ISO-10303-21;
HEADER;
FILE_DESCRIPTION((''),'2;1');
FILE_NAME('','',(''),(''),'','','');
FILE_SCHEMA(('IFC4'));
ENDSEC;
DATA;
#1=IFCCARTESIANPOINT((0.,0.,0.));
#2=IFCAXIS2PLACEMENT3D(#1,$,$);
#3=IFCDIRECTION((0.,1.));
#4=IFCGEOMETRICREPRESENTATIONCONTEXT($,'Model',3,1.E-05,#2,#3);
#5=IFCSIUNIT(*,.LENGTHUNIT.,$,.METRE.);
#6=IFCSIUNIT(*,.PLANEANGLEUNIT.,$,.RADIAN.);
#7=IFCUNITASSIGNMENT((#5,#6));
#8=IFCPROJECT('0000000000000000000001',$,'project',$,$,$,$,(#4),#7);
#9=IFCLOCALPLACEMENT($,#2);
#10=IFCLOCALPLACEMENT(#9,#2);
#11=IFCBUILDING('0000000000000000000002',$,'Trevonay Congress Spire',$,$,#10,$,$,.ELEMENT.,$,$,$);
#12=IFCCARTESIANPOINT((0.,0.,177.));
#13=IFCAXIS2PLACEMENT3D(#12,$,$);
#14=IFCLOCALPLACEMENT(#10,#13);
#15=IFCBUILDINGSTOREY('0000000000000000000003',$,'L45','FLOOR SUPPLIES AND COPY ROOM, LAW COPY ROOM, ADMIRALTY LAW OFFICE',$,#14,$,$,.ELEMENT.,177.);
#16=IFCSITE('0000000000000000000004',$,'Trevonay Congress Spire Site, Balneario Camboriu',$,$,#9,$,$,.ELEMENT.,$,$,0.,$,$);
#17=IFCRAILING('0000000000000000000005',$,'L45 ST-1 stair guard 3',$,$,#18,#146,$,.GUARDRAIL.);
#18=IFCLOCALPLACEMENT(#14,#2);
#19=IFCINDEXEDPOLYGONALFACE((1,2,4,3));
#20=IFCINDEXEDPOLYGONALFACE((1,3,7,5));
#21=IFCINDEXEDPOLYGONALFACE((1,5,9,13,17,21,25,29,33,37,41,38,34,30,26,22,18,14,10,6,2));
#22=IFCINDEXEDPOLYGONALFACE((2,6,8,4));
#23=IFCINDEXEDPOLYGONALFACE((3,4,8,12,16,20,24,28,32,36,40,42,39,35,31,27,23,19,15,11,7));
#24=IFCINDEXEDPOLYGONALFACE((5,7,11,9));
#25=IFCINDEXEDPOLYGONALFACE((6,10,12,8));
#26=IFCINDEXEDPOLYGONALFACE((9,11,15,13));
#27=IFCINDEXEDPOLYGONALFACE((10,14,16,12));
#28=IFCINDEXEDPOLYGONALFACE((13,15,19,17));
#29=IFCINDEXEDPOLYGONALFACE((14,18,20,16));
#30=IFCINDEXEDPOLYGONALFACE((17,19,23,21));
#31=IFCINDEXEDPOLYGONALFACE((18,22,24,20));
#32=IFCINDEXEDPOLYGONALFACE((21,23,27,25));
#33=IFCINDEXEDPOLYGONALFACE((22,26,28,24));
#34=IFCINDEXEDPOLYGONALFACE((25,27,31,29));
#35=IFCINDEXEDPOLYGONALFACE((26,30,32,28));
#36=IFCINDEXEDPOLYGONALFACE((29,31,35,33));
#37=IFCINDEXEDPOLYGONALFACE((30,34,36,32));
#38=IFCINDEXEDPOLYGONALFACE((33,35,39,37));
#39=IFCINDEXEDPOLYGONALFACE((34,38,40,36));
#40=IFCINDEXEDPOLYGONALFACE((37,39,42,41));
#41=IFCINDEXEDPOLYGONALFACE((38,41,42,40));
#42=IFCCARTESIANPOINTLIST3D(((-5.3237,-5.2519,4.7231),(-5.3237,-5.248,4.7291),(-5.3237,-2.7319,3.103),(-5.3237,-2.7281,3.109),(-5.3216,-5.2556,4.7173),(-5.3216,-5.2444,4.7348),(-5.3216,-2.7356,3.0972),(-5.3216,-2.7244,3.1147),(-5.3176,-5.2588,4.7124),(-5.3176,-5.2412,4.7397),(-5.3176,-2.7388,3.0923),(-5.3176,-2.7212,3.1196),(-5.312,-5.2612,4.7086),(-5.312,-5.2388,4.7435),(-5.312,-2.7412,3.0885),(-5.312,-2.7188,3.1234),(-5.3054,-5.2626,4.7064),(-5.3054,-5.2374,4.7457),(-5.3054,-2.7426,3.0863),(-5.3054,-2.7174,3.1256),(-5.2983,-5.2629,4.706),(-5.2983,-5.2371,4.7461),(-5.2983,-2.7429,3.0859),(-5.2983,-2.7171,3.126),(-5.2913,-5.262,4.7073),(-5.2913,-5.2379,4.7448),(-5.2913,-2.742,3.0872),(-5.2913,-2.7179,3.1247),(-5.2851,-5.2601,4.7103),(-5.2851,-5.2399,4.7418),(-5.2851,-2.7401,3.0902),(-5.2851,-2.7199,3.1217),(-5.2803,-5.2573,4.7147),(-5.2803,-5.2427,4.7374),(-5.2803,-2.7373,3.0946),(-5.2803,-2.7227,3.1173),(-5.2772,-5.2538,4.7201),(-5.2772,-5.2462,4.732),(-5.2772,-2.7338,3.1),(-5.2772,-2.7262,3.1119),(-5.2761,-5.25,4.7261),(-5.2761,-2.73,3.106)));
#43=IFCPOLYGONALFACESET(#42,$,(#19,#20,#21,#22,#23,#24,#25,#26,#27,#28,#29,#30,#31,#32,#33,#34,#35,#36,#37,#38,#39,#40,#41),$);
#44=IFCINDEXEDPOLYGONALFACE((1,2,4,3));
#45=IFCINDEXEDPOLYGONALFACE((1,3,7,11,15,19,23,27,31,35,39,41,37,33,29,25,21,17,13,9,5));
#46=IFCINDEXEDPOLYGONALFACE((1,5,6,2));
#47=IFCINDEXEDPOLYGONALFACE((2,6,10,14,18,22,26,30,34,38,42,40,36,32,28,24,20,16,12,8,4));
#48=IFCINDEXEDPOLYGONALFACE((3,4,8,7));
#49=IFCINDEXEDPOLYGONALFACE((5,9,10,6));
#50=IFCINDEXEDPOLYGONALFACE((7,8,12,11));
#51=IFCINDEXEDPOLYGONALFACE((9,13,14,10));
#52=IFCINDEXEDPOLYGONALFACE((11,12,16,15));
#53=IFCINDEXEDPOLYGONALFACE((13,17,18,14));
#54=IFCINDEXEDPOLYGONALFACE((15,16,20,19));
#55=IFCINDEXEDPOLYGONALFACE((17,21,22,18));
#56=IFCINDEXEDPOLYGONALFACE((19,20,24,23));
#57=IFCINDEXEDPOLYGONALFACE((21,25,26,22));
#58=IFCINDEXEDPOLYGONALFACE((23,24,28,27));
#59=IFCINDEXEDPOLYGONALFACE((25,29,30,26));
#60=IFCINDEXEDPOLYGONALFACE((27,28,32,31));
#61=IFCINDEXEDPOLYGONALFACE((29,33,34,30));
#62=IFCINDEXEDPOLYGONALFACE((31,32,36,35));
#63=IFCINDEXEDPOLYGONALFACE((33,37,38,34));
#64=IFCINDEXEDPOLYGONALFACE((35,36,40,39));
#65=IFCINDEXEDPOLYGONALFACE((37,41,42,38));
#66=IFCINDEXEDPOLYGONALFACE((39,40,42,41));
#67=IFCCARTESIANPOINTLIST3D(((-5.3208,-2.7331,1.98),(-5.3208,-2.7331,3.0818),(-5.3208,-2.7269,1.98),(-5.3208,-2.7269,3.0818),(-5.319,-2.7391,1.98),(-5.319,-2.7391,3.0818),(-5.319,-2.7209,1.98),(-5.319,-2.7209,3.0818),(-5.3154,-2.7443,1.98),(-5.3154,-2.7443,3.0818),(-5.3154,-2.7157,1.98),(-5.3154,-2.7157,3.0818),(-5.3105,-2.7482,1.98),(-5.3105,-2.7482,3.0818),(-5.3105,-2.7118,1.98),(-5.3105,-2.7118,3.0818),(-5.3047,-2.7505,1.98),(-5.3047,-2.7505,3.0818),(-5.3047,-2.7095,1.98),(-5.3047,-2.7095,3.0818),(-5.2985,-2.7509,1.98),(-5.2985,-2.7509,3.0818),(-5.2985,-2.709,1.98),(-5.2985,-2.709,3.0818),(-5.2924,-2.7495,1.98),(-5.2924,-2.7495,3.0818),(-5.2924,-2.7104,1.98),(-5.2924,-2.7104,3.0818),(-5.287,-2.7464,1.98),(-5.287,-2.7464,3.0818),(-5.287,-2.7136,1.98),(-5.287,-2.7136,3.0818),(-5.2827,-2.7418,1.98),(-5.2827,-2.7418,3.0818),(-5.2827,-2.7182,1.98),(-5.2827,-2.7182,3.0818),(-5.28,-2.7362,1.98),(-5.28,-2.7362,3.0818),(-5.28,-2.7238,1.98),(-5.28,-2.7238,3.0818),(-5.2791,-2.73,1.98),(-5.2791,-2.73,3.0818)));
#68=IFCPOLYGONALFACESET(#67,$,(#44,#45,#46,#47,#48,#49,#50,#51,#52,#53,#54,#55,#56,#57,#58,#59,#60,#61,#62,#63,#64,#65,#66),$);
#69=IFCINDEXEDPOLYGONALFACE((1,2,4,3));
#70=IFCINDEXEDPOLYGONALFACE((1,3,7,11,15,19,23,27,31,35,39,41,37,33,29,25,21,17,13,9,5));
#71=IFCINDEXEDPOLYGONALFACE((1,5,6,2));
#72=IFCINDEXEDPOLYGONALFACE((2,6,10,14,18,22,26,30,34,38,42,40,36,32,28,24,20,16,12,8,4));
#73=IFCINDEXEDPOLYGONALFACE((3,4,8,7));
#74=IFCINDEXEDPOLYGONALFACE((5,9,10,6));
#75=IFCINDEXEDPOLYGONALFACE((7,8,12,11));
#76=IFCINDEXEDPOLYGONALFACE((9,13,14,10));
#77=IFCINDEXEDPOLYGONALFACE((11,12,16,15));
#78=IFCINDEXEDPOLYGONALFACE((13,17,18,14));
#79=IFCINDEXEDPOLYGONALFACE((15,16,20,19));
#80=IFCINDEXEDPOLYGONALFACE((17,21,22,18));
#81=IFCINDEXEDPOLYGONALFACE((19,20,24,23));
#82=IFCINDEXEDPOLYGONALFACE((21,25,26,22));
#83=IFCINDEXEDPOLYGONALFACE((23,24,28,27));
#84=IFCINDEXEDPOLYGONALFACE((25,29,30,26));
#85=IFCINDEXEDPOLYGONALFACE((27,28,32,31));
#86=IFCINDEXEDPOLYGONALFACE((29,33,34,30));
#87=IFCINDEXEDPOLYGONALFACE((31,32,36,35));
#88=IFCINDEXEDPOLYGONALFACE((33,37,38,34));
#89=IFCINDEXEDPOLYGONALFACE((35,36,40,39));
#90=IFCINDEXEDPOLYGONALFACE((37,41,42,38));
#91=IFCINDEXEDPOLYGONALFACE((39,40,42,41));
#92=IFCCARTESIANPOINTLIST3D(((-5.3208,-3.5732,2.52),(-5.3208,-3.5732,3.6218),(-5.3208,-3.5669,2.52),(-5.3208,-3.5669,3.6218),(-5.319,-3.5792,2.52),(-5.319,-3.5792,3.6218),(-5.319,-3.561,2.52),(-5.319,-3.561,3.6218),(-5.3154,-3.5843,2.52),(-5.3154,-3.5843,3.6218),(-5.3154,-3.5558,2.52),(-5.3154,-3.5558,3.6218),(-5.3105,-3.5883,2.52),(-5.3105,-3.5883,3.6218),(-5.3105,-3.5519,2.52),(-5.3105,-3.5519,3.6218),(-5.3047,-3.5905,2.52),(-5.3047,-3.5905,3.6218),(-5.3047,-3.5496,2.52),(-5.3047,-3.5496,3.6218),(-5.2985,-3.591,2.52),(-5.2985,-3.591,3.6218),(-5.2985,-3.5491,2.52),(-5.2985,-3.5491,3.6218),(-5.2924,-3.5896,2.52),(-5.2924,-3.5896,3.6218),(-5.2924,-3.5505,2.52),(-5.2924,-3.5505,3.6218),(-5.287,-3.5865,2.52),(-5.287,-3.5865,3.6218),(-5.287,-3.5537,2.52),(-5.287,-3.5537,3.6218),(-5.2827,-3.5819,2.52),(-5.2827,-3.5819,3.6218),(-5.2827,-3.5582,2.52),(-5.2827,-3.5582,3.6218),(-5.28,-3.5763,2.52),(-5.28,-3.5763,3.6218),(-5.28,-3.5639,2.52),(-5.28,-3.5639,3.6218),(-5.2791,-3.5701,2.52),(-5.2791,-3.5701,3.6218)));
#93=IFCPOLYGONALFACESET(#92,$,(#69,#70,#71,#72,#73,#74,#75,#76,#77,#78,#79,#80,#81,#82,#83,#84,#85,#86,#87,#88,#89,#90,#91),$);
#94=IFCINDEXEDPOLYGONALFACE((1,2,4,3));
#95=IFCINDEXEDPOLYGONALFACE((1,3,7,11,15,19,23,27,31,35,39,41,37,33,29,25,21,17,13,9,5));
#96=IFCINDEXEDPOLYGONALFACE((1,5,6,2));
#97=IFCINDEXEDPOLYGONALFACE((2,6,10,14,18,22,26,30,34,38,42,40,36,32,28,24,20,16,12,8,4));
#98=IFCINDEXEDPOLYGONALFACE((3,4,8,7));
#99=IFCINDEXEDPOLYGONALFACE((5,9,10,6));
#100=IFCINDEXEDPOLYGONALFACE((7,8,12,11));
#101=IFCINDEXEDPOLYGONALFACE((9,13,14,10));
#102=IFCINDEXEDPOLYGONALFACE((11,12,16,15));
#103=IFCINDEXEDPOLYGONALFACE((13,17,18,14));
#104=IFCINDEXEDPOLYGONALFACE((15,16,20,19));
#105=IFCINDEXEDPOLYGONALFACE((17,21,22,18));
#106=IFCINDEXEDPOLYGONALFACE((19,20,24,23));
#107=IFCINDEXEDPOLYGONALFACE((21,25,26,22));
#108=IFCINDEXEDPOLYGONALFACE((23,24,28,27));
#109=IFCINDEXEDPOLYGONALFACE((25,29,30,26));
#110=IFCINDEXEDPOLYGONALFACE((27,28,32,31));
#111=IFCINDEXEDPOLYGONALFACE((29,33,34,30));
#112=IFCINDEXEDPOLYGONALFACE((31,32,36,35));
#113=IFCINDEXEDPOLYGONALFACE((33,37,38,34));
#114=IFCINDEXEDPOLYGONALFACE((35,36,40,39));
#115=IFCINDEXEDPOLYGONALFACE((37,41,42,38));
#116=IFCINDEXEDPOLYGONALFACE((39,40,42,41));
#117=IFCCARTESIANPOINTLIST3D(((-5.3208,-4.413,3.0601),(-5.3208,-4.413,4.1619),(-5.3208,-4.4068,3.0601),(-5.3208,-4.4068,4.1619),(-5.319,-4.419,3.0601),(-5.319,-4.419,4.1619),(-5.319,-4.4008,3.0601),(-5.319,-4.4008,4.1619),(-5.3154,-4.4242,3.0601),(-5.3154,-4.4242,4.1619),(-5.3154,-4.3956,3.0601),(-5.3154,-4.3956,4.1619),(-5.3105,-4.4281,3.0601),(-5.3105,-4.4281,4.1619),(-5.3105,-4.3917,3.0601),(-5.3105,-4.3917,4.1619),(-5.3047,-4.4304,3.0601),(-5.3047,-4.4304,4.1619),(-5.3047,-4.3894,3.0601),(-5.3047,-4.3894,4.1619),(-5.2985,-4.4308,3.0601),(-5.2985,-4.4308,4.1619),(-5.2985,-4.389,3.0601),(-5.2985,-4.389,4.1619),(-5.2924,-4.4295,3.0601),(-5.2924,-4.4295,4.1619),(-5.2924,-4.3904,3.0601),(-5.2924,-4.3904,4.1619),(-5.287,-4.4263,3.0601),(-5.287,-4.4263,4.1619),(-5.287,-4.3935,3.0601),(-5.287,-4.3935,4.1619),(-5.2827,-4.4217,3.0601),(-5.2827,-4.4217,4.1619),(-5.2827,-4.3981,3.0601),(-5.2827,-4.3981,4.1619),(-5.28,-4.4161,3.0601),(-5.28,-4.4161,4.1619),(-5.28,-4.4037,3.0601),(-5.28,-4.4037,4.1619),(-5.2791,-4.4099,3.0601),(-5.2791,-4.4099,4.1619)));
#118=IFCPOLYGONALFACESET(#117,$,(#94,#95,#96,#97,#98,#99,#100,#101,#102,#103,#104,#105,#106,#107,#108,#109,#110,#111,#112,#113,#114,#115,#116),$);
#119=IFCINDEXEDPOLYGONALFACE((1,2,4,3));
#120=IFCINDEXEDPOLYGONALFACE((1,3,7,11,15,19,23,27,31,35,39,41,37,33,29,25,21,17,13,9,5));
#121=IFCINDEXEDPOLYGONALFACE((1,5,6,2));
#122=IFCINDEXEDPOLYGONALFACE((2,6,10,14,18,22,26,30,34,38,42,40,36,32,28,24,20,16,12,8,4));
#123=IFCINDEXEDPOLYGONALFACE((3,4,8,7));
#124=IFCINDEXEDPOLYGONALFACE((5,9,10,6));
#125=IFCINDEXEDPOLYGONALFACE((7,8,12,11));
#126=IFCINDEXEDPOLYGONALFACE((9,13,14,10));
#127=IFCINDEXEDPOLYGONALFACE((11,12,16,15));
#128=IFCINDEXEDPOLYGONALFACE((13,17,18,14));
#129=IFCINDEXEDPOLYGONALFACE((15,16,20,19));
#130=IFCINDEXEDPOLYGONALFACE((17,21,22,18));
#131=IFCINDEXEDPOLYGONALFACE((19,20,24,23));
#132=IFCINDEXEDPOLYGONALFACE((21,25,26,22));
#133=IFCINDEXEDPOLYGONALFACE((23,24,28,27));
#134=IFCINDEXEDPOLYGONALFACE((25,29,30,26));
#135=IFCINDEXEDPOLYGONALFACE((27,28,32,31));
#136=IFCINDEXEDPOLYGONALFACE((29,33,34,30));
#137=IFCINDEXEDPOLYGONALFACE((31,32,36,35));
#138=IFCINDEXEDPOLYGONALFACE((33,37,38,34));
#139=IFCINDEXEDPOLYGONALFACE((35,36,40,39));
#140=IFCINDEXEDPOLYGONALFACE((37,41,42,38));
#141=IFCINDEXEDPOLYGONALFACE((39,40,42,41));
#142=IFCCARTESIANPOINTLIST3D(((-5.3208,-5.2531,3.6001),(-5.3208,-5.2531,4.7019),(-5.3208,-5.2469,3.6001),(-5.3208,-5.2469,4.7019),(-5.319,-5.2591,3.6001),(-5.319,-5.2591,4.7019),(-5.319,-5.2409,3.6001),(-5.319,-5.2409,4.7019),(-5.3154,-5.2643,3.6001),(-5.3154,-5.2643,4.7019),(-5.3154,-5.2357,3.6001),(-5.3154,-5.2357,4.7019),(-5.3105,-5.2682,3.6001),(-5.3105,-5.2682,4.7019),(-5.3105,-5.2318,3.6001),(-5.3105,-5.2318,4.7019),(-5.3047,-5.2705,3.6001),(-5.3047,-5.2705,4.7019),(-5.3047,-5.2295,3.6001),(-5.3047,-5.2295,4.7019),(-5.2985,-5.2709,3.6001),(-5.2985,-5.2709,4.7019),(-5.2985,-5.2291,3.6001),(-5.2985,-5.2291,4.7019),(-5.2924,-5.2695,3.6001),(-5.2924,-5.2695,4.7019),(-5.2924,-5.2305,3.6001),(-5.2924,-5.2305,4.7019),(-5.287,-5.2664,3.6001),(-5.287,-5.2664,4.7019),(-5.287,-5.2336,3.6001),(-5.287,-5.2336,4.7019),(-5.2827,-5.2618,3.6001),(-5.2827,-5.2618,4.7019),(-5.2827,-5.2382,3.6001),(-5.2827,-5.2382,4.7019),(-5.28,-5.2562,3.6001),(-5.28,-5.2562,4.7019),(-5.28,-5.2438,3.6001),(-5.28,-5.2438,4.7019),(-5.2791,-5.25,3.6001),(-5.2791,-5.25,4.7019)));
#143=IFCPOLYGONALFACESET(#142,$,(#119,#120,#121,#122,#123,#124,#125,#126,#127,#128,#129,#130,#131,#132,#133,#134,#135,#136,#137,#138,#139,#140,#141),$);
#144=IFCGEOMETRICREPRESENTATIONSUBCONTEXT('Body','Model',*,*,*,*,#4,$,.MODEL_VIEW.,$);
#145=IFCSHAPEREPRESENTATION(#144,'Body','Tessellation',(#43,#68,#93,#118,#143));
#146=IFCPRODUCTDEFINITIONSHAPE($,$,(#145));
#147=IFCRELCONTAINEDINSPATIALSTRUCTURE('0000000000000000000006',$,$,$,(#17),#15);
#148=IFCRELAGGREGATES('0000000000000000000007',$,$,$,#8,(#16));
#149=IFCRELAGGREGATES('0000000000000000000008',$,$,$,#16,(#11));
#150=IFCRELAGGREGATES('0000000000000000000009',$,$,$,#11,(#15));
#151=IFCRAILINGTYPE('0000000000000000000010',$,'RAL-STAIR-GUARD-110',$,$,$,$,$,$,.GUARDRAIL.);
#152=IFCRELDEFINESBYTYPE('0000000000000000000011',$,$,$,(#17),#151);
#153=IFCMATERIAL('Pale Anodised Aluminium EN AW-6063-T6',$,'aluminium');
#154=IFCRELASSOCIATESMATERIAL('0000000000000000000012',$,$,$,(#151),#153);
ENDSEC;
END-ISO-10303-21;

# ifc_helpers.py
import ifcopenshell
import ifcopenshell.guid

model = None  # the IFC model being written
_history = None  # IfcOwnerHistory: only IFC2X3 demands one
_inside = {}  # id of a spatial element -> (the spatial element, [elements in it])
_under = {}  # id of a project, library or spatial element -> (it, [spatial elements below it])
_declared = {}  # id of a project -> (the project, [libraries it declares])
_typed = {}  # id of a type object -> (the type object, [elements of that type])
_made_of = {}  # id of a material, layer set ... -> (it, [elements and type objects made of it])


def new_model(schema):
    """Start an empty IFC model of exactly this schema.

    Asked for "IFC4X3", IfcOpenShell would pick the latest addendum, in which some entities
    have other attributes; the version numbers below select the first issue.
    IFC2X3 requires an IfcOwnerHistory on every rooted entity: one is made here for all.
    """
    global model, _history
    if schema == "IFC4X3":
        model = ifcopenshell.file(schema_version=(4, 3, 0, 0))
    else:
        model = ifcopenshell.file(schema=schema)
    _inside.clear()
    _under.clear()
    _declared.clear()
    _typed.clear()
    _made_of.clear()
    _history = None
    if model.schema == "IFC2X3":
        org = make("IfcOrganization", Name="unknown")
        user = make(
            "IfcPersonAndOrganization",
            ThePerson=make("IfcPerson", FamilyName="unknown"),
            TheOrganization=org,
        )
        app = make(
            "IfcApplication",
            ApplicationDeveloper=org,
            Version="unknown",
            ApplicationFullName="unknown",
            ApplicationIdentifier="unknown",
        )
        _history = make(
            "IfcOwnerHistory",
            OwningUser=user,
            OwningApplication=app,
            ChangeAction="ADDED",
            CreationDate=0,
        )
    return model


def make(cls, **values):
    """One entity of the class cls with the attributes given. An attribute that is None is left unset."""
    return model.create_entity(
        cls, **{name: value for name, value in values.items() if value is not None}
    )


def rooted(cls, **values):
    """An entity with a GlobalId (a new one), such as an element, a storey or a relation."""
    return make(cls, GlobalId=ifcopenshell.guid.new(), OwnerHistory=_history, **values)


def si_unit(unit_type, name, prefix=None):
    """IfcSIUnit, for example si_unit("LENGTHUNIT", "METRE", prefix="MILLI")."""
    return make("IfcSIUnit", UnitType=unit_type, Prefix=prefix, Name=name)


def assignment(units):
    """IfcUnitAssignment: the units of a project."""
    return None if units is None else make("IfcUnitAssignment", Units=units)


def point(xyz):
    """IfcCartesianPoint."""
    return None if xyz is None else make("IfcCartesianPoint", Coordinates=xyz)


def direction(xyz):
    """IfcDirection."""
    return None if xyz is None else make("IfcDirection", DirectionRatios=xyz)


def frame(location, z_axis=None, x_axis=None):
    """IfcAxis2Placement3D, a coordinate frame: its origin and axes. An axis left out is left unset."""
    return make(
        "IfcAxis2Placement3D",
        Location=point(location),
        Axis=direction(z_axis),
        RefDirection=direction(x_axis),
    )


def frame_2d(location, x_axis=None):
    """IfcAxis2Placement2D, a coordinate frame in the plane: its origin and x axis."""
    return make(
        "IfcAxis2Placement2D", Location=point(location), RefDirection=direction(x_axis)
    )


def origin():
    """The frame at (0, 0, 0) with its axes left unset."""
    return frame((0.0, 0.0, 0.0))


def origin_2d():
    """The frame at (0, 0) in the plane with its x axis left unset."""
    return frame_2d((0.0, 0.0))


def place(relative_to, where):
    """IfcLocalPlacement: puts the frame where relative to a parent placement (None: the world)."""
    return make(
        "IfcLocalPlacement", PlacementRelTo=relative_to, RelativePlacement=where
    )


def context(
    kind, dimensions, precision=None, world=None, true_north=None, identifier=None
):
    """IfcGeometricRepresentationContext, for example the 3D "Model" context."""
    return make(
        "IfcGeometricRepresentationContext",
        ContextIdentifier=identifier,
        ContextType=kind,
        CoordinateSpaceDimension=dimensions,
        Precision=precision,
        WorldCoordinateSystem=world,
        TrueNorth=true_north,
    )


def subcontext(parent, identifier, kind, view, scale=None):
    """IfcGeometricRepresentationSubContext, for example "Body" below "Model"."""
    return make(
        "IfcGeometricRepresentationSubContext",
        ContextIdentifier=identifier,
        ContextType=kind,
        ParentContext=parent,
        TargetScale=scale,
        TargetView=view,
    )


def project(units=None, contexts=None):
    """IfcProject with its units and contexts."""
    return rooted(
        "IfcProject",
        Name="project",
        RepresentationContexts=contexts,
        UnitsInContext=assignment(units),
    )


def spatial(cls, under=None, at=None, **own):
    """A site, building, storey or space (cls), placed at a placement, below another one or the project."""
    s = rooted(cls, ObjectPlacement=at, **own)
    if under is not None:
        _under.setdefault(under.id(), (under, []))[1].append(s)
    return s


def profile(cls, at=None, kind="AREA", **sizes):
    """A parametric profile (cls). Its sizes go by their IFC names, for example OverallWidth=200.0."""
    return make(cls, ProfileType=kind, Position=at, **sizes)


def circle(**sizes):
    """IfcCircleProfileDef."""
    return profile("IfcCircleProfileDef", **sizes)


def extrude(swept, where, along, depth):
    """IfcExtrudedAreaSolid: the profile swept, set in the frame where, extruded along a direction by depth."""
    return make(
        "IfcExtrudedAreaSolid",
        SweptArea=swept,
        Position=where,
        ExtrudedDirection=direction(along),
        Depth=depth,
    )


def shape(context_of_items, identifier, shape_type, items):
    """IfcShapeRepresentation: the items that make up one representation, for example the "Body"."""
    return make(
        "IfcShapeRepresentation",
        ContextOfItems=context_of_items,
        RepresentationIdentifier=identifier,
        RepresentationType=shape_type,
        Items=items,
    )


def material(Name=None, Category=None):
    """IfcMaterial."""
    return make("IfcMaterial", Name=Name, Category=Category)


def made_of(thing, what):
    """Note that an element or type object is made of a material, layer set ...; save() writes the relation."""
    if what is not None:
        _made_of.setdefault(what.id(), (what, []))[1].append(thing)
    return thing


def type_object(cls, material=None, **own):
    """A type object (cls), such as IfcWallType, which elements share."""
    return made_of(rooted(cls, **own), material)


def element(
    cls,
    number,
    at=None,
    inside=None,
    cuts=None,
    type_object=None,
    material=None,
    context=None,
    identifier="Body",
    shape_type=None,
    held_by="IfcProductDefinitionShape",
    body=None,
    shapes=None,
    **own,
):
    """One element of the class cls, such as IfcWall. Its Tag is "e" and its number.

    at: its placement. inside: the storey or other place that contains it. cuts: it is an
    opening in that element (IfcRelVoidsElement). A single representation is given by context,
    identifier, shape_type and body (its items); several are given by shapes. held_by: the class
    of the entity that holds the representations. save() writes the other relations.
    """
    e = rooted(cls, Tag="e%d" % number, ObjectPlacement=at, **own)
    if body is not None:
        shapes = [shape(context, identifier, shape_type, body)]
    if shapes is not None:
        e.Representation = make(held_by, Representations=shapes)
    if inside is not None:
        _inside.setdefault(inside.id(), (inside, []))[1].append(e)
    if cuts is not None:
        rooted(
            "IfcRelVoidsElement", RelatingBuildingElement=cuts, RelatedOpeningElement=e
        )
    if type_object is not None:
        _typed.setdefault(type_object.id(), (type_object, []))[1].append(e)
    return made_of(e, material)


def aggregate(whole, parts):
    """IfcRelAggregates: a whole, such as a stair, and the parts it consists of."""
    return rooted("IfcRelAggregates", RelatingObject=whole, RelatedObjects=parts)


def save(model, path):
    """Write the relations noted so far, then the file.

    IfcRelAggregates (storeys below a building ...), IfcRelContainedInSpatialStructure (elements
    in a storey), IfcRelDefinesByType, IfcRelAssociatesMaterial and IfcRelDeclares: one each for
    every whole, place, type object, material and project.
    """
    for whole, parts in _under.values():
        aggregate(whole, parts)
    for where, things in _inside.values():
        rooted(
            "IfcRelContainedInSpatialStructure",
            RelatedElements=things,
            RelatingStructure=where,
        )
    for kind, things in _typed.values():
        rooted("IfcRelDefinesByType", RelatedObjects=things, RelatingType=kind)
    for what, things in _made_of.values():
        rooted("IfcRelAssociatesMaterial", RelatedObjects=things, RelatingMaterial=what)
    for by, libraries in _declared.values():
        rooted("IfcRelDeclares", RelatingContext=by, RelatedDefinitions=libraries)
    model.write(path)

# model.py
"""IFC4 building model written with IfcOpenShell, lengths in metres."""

from ifc_helpers import new_model, si_unit, direction, frame, origin, origin_2d, place, context, subcontext, project, spatial, circle, extrude, material, type_object, element, save


model = new_model("IFC4")

# Units and contexts
model_context = context("Model", 3, precision=1e-05, world=origin(), true_north=direction((0.0, 1.0)))
body_context = subcontext(model_context, "Body", "Model", "MODEL_VIEW")
ifc_project = project(units=[si_unit("LENGTHUNIT", "METRE"), si_unit("PLANEANGLEUNIT", "RADIAN")], contexts=[model_context])

# Site, building, storey
site_placement = place(None, origin())
site = spatial("IfcSite", under=ifc_project, at=site_placement, Name="Trevonay Congress Spire Site, Balneario Camboriu", CompositionType="ELEMENT", RefElevation=0.0)
building_placement = place(site_placement, origin())
building = spatial("IfcBuilding", under=site, at=building_placement, Name="Trevonay Congress Spire", CompositionType="ELEMENT")
storey_placement = place(building_placement, frame((0.0, 0.0, 177.0)))
storey = spatial("IfcBuildingStorey", under=building, at=storey_placement, Name="L45", Description="FLOOR SUPPLIES AND COPY ROOM, LAW COPY ROOM, ADMIRALTY LAW OFFICE", CompositionType="ELEMENT", Elevation=177.0)

# Railing
ifc_material_1 = material(Name="Pale Anodised Aluminium EN AW-6063-T6", Category="aluminium")
railing_type_1 = type_object("IfcRailingType", Name="RAL-STAIR-GUARD-110", PredefinedType="GUARDRAIL", material=ifc_material_1)
railing_1_placement = place(storey_placement, frame((-5.3, -2.73, 1.98)))
element("IfcRailing", 1, at=railing_1_placement, inside=storey, type_object=railing_type_1, Name="L45 ST-1 stair guard 3", PredefinedType="GUARDRAIL", context=body_context, shape_type="SweptSolid", body=[
    extrude(circle(Radius=0.0239, at=origin_2d()), frame((0.0, 0.0, 1.126), z_axis=(0.0, -0.841163, 0.540782), x_axis=(1.0, 0.0, 0.0)), (0.0, 0.0, 1.0), 2.9958),
    extrude(circle(Radius=0.021, at=origin_2d()), origin(), (0.0, 0.0, 1.0), 1.1018),
    extrude(circle(Radius=0.021, at=origin_2d()), frame((0.0, -0.8401, 0.54)), (0.0, 0.0, 1.0), 1.1018),
    extrude(circle(Radius=0.021, at=origin_2d()), frame((0.0, -1.6799, 1.0801)), (0.0, 0.0, 1.0), 1.1018),
    extrude(circle(Radius=0.021, at=origin_2d()), frame((0.0, -2.52, 1.6201)), (0.0, 0.0, 1.0), 1.1018),
])

save(model, "model.ifc")
